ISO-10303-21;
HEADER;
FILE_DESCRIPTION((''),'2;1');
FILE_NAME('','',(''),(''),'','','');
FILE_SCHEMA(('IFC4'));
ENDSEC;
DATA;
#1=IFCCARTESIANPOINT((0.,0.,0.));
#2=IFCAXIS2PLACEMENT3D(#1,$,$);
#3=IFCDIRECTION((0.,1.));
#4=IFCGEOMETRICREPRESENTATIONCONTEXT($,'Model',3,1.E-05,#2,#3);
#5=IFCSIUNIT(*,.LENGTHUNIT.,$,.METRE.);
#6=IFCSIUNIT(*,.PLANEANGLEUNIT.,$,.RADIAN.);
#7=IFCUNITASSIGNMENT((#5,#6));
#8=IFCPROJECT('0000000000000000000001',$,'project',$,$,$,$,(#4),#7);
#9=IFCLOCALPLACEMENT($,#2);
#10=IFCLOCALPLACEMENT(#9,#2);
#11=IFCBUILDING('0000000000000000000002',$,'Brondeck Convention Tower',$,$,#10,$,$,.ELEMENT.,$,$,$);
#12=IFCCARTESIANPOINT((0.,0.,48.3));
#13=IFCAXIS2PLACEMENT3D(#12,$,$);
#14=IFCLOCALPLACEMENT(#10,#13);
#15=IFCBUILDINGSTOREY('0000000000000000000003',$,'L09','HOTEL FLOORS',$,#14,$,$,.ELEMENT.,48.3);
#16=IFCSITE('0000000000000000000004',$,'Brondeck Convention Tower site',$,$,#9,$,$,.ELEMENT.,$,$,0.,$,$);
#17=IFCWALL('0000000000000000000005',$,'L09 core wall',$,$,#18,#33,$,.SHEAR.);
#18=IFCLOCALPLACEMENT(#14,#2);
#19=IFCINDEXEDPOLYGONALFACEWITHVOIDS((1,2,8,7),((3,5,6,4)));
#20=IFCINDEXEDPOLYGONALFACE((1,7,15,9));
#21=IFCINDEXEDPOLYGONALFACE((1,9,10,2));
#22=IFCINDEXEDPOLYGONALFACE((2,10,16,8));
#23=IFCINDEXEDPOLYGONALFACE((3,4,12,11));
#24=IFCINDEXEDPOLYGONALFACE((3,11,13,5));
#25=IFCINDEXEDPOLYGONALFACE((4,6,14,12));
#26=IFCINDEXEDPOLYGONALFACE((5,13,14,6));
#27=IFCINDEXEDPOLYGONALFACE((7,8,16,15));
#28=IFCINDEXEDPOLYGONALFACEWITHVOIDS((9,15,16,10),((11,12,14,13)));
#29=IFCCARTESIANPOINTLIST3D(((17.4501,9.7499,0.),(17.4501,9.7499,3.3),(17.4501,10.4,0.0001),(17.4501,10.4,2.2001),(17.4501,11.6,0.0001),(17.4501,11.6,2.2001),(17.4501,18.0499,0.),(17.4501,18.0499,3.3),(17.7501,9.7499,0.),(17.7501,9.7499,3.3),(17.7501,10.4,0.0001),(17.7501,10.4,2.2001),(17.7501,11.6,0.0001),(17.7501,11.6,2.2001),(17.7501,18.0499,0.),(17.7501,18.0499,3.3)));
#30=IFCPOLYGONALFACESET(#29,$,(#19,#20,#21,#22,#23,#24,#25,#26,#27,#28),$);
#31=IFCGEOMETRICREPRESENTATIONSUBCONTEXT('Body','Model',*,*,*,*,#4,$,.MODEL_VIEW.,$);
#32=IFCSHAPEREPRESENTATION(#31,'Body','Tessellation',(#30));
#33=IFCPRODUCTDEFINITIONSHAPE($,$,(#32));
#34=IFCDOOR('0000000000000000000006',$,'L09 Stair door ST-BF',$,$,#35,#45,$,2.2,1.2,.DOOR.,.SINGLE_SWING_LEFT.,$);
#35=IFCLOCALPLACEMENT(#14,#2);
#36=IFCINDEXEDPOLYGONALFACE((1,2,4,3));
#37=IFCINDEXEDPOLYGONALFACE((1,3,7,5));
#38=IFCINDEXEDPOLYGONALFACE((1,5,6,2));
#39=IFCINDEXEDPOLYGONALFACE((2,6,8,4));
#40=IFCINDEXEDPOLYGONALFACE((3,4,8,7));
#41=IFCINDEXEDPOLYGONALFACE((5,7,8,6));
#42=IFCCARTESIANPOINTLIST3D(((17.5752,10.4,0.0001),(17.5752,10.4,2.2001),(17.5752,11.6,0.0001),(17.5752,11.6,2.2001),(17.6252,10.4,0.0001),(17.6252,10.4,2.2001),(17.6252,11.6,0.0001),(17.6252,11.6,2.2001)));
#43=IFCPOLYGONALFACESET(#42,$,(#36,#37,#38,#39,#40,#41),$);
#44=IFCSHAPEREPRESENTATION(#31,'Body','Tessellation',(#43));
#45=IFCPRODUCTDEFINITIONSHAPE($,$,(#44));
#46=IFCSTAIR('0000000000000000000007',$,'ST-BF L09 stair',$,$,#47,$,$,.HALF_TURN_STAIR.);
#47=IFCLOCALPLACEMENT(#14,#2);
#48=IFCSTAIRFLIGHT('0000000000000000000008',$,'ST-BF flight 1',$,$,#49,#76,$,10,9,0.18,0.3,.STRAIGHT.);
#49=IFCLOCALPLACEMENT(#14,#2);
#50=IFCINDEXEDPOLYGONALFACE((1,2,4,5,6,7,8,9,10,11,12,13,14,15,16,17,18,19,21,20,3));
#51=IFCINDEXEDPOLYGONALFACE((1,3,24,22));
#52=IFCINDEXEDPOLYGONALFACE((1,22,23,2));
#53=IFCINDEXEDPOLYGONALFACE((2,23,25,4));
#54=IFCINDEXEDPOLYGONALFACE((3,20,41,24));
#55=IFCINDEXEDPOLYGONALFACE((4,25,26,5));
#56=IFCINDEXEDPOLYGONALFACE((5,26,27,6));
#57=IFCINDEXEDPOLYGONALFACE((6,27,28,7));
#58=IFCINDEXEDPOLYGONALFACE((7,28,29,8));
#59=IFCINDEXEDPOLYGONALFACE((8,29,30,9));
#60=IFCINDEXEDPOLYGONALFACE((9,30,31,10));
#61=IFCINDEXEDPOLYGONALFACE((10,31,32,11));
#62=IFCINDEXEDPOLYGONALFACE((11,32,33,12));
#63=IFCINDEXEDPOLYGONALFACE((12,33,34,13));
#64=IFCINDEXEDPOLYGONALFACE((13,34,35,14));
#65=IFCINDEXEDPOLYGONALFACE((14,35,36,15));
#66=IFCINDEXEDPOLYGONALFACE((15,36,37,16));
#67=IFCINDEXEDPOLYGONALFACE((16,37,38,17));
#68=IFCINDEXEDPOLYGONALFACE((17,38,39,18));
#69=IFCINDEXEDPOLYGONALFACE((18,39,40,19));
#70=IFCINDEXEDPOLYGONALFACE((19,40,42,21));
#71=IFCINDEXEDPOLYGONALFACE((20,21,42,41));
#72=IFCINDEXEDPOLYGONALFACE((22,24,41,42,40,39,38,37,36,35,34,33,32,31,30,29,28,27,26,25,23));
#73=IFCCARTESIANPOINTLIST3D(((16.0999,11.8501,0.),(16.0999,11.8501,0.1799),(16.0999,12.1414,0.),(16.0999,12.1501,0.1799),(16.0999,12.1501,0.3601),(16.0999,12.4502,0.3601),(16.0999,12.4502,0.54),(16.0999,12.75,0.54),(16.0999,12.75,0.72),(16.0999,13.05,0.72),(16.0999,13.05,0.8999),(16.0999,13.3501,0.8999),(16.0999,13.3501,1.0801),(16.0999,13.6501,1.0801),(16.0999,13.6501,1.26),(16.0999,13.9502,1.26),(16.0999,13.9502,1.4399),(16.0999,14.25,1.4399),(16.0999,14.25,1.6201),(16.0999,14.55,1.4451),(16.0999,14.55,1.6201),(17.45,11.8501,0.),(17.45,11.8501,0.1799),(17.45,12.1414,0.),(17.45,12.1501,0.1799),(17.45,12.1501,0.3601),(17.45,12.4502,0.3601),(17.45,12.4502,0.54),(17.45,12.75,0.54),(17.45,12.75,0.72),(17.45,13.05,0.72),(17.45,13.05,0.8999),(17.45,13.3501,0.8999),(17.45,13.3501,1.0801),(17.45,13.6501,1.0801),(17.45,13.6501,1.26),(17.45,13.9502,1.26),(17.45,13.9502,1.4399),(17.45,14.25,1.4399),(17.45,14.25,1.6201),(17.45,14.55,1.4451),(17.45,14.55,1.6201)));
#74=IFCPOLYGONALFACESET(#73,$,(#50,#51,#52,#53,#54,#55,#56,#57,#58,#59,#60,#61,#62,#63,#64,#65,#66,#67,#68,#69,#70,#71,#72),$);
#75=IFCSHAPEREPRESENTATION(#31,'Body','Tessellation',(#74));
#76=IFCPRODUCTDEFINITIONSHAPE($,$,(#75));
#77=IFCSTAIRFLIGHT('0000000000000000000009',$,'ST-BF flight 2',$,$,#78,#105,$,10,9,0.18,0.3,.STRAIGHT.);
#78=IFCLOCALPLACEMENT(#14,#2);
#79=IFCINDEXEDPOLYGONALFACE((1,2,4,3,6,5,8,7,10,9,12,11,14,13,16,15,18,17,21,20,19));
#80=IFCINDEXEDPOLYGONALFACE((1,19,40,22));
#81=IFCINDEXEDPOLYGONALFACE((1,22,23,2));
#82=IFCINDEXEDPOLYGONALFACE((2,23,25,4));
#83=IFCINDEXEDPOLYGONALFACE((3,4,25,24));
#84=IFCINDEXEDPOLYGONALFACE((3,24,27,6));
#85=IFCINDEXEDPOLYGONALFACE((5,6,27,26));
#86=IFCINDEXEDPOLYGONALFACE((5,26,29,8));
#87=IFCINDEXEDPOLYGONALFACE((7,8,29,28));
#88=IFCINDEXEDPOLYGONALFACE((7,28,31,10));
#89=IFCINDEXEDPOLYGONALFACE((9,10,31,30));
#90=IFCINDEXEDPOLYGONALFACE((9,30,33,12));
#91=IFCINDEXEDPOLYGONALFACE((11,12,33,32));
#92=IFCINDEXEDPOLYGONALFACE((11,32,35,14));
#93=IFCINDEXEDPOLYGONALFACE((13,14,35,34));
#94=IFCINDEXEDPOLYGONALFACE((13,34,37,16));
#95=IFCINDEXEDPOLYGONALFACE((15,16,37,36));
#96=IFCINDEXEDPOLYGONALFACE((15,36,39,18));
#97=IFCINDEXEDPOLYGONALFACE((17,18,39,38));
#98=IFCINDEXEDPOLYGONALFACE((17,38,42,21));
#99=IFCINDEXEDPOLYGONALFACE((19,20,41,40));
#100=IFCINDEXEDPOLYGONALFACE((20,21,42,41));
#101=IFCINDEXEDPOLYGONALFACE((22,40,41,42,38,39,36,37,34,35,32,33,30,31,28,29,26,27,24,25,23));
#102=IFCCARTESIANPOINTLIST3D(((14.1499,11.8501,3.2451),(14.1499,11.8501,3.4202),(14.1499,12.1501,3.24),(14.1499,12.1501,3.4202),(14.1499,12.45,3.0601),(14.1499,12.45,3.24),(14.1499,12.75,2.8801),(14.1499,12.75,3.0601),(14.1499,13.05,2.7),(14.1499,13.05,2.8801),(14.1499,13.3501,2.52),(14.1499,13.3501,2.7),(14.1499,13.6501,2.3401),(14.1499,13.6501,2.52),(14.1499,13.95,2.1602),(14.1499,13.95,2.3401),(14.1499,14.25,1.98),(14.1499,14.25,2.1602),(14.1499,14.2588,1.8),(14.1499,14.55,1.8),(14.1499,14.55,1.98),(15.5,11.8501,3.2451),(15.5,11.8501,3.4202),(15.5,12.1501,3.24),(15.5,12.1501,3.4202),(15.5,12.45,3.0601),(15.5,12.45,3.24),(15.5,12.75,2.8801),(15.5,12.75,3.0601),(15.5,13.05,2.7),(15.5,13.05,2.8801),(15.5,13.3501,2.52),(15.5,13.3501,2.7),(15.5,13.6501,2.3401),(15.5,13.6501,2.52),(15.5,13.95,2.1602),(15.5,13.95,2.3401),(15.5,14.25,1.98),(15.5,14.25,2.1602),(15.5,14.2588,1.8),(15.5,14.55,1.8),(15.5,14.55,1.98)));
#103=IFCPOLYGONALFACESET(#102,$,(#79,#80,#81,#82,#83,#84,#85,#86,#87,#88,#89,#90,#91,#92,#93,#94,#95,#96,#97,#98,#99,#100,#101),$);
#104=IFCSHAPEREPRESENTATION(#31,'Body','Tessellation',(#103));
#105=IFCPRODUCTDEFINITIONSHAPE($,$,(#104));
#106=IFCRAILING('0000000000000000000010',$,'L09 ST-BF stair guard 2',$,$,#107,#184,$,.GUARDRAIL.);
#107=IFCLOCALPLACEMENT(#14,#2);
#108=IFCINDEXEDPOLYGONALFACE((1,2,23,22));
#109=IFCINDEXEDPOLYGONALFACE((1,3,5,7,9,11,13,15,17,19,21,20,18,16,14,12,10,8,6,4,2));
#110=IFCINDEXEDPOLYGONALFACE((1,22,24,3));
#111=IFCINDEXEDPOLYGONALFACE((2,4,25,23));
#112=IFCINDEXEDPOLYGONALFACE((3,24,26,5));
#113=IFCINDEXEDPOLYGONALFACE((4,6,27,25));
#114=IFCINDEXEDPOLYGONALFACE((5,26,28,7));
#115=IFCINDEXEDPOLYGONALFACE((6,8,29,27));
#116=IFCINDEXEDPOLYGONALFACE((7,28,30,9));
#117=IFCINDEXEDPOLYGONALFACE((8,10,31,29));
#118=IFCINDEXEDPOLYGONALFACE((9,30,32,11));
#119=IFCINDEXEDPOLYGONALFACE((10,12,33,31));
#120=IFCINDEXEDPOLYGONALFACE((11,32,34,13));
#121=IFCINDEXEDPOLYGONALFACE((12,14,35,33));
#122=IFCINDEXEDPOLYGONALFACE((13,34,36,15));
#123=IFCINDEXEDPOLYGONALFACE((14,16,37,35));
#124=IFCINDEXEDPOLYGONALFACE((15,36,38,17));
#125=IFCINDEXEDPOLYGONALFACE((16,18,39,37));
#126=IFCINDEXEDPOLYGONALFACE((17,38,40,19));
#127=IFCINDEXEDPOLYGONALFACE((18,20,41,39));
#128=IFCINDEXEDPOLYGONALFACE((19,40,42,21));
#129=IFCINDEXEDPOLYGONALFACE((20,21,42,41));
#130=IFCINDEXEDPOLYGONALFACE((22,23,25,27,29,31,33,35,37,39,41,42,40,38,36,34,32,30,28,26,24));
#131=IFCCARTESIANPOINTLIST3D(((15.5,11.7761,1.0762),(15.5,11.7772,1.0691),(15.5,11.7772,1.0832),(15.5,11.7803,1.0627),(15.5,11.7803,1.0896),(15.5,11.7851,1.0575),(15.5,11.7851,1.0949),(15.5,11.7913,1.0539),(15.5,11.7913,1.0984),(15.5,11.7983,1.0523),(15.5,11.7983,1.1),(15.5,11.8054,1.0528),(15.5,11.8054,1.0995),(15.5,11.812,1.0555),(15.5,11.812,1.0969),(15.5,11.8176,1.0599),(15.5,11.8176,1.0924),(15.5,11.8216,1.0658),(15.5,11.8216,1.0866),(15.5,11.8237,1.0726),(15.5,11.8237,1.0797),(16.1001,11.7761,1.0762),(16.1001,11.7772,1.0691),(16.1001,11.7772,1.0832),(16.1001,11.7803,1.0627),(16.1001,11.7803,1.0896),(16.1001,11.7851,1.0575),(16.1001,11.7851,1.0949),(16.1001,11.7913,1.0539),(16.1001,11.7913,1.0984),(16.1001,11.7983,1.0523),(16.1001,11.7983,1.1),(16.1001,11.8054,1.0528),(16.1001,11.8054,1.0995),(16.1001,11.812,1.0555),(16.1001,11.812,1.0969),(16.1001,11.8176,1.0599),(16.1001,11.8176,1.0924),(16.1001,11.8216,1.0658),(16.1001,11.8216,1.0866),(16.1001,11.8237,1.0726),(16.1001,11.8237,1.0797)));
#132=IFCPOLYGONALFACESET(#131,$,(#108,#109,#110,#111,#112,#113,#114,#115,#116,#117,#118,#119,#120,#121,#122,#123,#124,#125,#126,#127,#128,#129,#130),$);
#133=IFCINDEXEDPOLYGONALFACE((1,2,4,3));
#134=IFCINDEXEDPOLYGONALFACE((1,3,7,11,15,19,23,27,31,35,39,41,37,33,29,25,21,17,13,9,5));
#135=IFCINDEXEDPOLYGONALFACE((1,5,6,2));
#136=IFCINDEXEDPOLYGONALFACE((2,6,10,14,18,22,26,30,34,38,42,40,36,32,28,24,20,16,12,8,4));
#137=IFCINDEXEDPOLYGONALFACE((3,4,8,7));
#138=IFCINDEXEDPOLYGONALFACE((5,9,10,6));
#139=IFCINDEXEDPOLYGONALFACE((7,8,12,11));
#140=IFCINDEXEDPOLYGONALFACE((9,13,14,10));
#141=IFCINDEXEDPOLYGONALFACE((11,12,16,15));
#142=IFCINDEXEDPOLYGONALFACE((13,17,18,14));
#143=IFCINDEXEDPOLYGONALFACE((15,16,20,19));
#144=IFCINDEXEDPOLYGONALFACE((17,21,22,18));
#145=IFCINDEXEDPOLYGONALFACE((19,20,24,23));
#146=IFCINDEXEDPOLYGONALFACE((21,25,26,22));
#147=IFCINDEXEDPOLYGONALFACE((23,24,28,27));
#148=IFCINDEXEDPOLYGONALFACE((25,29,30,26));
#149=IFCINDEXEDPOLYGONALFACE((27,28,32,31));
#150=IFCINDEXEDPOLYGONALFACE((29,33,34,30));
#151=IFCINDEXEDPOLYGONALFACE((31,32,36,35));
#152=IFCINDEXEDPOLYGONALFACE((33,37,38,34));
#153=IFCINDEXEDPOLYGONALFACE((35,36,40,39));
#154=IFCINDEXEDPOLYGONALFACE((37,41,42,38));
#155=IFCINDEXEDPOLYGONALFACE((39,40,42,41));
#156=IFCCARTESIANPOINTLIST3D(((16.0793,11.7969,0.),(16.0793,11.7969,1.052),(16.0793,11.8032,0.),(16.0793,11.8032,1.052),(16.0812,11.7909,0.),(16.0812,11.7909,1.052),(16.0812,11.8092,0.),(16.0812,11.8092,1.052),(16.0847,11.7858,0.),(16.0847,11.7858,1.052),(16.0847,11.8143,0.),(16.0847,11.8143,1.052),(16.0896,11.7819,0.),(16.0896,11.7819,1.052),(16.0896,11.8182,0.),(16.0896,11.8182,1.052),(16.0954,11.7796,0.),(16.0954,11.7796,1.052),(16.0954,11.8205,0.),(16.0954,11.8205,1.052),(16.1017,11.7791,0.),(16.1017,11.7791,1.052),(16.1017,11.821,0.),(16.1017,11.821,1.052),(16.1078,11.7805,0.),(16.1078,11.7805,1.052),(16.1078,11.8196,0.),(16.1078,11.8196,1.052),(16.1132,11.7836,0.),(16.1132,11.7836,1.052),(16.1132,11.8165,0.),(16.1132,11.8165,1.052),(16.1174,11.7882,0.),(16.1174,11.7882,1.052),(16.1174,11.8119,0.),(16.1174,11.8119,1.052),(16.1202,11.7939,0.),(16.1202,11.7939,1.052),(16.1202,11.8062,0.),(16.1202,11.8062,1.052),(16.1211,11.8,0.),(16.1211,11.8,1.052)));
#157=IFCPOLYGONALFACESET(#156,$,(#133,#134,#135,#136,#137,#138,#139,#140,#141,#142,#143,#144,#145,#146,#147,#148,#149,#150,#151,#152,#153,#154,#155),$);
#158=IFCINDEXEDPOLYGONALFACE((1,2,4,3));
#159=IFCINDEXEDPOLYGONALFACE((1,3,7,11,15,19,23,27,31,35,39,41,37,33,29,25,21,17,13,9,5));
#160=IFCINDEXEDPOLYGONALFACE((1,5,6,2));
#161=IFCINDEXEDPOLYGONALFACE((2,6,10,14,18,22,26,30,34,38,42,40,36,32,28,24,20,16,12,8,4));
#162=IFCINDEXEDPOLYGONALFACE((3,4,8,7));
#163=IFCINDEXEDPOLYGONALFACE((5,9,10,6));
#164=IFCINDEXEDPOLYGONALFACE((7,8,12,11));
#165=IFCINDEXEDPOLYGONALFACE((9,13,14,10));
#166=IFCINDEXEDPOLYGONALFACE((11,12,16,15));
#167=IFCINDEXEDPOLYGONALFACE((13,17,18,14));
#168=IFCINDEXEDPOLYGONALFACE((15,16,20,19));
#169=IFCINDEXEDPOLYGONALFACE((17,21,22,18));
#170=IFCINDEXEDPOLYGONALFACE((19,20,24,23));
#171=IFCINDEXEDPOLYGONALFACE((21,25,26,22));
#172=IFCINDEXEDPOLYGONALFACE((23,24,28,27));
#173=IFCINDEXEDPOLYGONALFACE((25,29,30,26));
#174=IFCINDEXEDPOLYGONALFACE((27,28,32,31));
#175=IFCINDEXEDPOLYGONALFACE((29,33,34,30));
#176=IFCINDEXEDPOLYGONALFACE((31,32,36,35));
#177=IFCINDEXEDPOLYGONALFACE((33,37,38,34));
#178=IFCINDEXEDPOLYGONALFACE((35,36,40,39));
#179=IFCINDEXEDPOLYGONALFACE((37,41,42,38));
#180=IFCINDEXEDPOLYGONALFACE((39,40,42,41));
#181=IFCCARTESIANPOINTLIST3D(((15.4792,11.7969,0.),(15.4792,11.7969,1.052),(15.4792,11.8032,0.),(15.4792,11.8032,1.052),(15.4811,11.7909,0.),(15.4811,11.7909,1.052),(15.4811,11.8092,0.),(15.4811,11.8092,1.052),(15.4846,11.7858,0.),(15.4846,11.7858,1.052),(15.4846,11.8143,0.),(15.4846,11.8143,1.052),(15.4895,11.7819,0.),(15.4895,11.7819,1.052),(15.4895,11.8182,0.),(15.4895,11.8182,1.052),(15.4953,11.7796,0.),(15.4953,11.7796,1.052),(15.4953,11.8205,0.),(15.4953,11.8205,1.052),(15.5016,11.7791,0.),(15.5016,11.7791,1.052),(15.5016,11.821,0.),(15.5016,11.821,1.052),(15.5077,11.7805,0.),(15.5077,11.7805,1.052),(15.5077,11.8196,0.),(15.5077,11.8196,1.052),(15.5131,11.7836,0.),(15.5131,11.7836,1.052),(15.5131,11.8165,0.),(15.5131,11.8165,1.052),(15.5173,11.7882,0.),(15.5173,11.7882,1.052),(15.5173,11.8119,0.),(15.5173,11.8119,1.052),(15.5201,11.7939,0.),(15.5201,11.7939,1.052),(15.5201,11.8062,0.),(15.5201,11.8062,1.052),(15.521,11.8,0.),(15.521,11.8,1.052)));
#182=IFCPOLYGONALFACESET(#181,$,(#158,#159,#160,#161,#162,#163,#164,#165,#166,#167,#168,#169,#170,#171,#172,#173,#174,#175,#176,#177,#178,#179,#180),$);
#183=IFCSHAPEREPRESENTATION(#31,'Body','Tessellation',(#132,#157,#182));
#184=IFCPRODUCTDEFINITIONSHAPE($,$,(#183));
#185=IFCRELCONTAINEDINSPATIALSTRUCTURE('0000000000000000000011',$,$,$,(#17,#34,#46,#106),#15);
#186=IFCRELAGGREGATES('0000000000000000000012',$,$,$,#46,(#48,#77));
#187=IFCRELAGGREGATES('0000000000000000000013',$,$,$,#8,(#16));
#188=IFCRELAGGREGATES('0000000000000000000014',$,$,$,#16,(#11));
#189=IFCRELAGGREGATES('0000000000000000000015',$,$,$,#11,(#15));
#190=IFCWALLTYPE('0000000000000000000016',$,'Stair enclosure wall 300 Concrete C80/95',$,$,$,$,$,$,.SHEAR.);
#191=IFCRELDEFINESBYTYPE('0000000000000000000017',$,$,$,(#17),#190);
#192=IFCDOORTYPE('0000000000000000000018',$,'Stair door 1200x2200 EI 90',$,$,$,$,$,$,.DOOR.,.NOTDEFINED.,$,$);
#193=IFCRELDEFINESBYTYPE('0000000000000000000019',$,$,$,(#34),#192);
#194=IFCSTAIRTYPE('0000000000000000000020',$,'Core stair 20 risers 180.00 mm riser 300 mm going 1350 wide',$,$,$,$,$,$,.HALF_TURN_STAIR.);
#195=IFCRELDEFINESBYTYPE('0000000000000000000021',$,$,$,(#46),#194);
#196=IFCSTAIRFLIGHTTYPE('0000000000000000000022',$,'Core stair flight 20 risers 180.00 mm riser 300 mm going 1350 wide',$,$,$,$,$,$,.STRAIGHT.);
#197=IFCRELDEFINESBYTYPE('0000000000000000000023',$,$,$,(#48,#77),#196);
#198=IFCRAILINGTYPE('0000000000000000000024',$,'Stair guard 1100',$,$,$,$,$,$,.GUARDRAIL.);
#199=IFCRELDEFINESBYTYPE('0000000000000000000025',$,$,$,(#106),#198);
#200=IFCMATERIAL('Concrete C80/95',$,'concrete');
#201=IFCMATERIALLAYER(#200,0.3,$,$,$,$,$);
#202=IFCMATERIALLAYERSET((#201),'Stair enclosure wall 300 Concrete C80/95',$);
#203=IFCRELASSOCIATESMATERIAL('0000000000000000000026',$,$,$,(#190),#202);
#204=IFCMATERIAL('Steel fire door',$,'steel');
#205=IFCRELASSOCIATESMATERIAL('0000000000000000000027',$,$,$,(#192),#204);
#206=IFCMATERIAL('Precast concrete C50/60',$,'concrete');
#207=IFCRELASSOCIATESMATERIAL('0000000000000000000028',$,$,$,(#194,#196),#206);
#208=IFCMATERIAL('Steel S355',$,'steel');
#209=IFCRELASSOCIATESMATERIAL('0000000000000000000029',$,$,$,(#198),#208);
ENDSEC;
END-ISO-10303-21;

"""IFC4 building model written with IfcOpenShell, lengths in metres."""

from ifc_helpers import new_model, si_unit, direction, frame, frame_2d, origin, origin_2d, place, context, subcontext, project, spatial, polyline, rectangle, circle, outline, extrude, material, layer, layer_set, type_object, element, fill, aggregate, save


model = new_model("IFC4")

# Units and contexts
model_context = context("Model", 3, precision=1e-05, world=origin(), true_north=direction((0.0, 1.0)))
body_context = subcontext(model_context, "Body", "Model", "MODEL_VIEW")
ifc_project = project(units=[si_unit("LENGTHUNIT", "METRE"), si_unit("PLANEANGLEUNIT", "RADIAN")], contexts=[model_context])

# Site, building, storey
site_placement = place(None, origin())
site = spatial("IfcSite", under=ifc_project, at=site_placement, Name="Brondeck Convention Tower site", CompositionType="ELEMENT", RefElevation=0.0)
building_placement = place(site_placement, origin())
building = spatial("IfcBuilding", under=site, at=building_placement, Name="Brondeck Convention Tower", CompositionType="ELEMENT")
storey_placement = place(building_placement, frame((0.0, 0.0, 48.3)))
storey = spatial("IfcBuildingStorey", under=building, at=storey_placement, Name="L09", Description="HOTEL FLOORS", CompositionType="ELEMENT", Elevation=48.3)

# Shared definitions
ifc_material_1 = material(Name="Concrete C80/95", Category="concrete")

# Shared definitions
ifc_material_2 = material(Name="Steel S355", Category="steel")

# Shared definitions
ifc_layer_1 = layer(ifc_material_1, 0.3)
ifc_layer_set_1 = layer_set([ifc_layer_1], Name="Stair enclosure wall 300 Concrete C80/95")
wall_type_1 = type_object("IfcWallType", Name="Stair enclosure wall 300 Concrete C80/95", PredefinedType="SHEAR", material=ifc_layer_set_1)

# Wall, opening, door
wall_1_placement = place(storey_placement, frame((17.6001, 9.75, 0.0), z_axis=(0.0, 0.0, 1.0), x_axis=(0.0, 1.0, 0.0)))
wall_1 = element("IfcWall", 1, at=wall_1_placement, inside=storey, type_object=wall_type_1, Name="L09 core wall", PredefinedType="SHEAR", context=body_context, shape_type="SweptSolid", body=[
    extrude(rectangle(XDim=8.3, YDim=0.3, at=frame_2d((4.1499, 0.0))), origin(), (0.0, 0.0, 1.0), 3.3),
])
opening_1_placement = place(wall_1_placement, frame((0.6499, 0.0, 0.0)))
opening_1 = element("IfcOpeningElement", 2, at=opening_1_placement, cuts=wall_1, PredefinedType="OPENING", context=body_context, shape_type="SweptSolid", body=[
    extrude(rectangle(XDim=1.2, YDim=2.2, at=frame_2d((0.6001, 1.1001))), frame((0.0, 0.1599, 0.0), z_axis=(0.0, -1.0, 0.0), x_axis=(1.0, 0.0, 0.0)), (0.0, 0.0, 1.0), 0.3201),
])
ifc_material_3 = material(Name="Steel fire door", Category="steel")
door_type_1 = type_object("IfcDoorType", Name="Stair door 1200x2200 EI 90", OperationType="NOTDEFINED", PredefinedType="DOOR", material=ifc_material_3)
door_1_placement = place(opening_1_placement, origin())
door_1 = element("IfcDoor", 3, at=door_1_placement, inside=storey, type_object=door_type_1, Name="L09 Stair door ST-BF", OperationType="SINGLE_SWING_LEFT", OverallHeight=2.2, OverallWidth=1.2, PredefinedType="DOOR", context=body_context, shape_type="SweptSolid", body=[
    extrude(rectangle(XDim=1.2, YDim=2.2, at=frame_2d((0.6001, 1.1001))), frame((0.0, 0.0249, 0.0), z_axis=(0.0, -1.0, 0.0), x_axis=(1.0, 0.0, 0.0)), (0.0, 0.0, 1.0), 0.05),
])
fill(opening_1, door_1)

# Stair, stair flights
ifc_material_4 = material(Name="Precast concrete C50/60", Category="concrete")
stair_type = type_object("IfcStairType", Name="Core stair 20 risers 180.00 mm riser 300 mm going 1350 wide", PredefinedType="HALF_TURN_STAIR", material=ifc_material_4)
stair_placement = place(storey_placement, origin())
stair = element("IfcStair", 4, at=stair_placement, inside=storey, type_object=stair_type, Name="ST-BF L09 stair", PredefinedType="HALF_TURN_STAIR")
stair_flight_type = type_object("IfcStairFlightType", Name="Core stair flight 20 risers 180.00 mm riser 300 mm going 1350 wide", PredefinedType="STRAIGHT", material=ifc_material_4)
stair_flight_1_placement = place(storey_placement, frame((16.7749, 11.8501, 0.0), z_axis=(0.0, 0.0, 1.0), x_axis=(0.0, 1.0, 0.0)))
stair_flight_1 = element("IfcStairFlight", 5, at=stair_flight_1_placement, type_object=stair_flight_type, Name="ST-BF flight 1", NumberOfRisers=10, NumberOfTreads=9, PredefinedType="STRAIGHT", RiserHeight=0.18, TreadLength=0.3, context=body_context, shape_type="SweptSolid", body=[
    extrude(outline(polyline([(0.0, 0.0), (0.0, 0.1799), (0.3, 0.1799), (0.3, 0.3601), (0.6001, 0.3601), (0.6001, 0.54), (0.8999, 0.54), (0.8999, 0.72), (1.2, 0.72), (1.2, 0.8999), (1.5, 0.8999), (1.5, 1.0801), (1.8, 1.0801), (1.8, 1.26), (2.1001, 1.26), (2.1001, 1.4399), (2.3999, 1.4399), (2.3999, 1.6201), (2.7, 1.6201), (2.7, 1.8), (2.7, 1.4451), (0.2913, 0.0), (0.0, 0.0)])), frame((0.0, 0.675, 0.0), z_axis=(0.0, -1.0, 0.0), x_axis=(1.0, 0.0, 0.0)), (0.0, 0.0, 1.0), 1.3501),
])
stair_flight_2_placement = place(storey_placement, frame((14.825, 14.55, 1.8), z_axis=(0.0, 0.0, 1.0), x_axis=(0.0, -1.0, 0.0)))
stair_flight_2 = element("IfcStairFlight", 6, at=stair_flight_2_placement, type_object=stair_flight_type, Name="ST-BF flight 2", NumberOfRisers=10, NumberOfTreads=9, PredefinedType="STRAIGHT", RiserHeight=0.18, TreadLength=0.3, context=body_context, shape_type="SweptSolid", body=[
    extrude(outline(polyline([(0.0, 0.0), (0.0, 0.1799), (0.3, 0.1799), (0.3, 0.3601), (0.6001, 0.3601), (0.6001, 0.54), (0.8999, 0.54), (0.8999, 0.72), (1.2, 0.72), (1.2, 0.8999), (1.5, 0.8999), (1.5, 1.0801), (1.8, 1.0801), (1.8, 1.26), (2.1001, 1.26), (2.1001, 1.4399), (2.3999, 1.4399), (2.3999, 1.6201), (2.7, 1.6201), (2.7, 1.8), (2.7, 1.4451), (0.2913, 0.0), (0.0, 0.0)])), frame((0.0, 0.675, 0.0), z_axis=(0.0, -1.0, 0.0), x_axis=(1.0, 0.0, 0.0)), (0.0, 0.0, 1.0), 1.3501),
])
aggregate(stair, [stair_flight_1, stair_flight_2])

# Railing
railing_type_1 = type_object("IfcRailingType", Name="Stair guard 1100", PredefinedType="GUARDRAIL", material=ifc_material_2)
railing_1_placement = place(storey_placement, frame((16.1001, 11.8, 0.0)))
element("IfcRailing", 7, at=railing_1_placement, inside=storey, type_object=railing_type_1, Name="L09 ST-BF stair guard 2", PredefinedType="GUARDRAIL", context=body_context, shape_type="SweptSolid", body=[
    extrude(circle(Radius=0.0239, at=origin_2d()), frame((0.0, 0.0, 1.0762), z_axis=(-1.0, 0.0, 0.0), x_axis=(0.0, -1.0, 0.0)), (0.0, 0.0, 1.0), 0.6001),
    extrude(circle(Radius=0.021, at=origin_2d()), origin(), (0.0, 0.0, 1.0), 1.052),
    extrude(circle(Radius=0.021, at=origin_2d()), frame((-0.6001, 0.0, 0.0)), (0.0, 0.0, 1.0), 1.052),
])

save(model, "model.ifc")
